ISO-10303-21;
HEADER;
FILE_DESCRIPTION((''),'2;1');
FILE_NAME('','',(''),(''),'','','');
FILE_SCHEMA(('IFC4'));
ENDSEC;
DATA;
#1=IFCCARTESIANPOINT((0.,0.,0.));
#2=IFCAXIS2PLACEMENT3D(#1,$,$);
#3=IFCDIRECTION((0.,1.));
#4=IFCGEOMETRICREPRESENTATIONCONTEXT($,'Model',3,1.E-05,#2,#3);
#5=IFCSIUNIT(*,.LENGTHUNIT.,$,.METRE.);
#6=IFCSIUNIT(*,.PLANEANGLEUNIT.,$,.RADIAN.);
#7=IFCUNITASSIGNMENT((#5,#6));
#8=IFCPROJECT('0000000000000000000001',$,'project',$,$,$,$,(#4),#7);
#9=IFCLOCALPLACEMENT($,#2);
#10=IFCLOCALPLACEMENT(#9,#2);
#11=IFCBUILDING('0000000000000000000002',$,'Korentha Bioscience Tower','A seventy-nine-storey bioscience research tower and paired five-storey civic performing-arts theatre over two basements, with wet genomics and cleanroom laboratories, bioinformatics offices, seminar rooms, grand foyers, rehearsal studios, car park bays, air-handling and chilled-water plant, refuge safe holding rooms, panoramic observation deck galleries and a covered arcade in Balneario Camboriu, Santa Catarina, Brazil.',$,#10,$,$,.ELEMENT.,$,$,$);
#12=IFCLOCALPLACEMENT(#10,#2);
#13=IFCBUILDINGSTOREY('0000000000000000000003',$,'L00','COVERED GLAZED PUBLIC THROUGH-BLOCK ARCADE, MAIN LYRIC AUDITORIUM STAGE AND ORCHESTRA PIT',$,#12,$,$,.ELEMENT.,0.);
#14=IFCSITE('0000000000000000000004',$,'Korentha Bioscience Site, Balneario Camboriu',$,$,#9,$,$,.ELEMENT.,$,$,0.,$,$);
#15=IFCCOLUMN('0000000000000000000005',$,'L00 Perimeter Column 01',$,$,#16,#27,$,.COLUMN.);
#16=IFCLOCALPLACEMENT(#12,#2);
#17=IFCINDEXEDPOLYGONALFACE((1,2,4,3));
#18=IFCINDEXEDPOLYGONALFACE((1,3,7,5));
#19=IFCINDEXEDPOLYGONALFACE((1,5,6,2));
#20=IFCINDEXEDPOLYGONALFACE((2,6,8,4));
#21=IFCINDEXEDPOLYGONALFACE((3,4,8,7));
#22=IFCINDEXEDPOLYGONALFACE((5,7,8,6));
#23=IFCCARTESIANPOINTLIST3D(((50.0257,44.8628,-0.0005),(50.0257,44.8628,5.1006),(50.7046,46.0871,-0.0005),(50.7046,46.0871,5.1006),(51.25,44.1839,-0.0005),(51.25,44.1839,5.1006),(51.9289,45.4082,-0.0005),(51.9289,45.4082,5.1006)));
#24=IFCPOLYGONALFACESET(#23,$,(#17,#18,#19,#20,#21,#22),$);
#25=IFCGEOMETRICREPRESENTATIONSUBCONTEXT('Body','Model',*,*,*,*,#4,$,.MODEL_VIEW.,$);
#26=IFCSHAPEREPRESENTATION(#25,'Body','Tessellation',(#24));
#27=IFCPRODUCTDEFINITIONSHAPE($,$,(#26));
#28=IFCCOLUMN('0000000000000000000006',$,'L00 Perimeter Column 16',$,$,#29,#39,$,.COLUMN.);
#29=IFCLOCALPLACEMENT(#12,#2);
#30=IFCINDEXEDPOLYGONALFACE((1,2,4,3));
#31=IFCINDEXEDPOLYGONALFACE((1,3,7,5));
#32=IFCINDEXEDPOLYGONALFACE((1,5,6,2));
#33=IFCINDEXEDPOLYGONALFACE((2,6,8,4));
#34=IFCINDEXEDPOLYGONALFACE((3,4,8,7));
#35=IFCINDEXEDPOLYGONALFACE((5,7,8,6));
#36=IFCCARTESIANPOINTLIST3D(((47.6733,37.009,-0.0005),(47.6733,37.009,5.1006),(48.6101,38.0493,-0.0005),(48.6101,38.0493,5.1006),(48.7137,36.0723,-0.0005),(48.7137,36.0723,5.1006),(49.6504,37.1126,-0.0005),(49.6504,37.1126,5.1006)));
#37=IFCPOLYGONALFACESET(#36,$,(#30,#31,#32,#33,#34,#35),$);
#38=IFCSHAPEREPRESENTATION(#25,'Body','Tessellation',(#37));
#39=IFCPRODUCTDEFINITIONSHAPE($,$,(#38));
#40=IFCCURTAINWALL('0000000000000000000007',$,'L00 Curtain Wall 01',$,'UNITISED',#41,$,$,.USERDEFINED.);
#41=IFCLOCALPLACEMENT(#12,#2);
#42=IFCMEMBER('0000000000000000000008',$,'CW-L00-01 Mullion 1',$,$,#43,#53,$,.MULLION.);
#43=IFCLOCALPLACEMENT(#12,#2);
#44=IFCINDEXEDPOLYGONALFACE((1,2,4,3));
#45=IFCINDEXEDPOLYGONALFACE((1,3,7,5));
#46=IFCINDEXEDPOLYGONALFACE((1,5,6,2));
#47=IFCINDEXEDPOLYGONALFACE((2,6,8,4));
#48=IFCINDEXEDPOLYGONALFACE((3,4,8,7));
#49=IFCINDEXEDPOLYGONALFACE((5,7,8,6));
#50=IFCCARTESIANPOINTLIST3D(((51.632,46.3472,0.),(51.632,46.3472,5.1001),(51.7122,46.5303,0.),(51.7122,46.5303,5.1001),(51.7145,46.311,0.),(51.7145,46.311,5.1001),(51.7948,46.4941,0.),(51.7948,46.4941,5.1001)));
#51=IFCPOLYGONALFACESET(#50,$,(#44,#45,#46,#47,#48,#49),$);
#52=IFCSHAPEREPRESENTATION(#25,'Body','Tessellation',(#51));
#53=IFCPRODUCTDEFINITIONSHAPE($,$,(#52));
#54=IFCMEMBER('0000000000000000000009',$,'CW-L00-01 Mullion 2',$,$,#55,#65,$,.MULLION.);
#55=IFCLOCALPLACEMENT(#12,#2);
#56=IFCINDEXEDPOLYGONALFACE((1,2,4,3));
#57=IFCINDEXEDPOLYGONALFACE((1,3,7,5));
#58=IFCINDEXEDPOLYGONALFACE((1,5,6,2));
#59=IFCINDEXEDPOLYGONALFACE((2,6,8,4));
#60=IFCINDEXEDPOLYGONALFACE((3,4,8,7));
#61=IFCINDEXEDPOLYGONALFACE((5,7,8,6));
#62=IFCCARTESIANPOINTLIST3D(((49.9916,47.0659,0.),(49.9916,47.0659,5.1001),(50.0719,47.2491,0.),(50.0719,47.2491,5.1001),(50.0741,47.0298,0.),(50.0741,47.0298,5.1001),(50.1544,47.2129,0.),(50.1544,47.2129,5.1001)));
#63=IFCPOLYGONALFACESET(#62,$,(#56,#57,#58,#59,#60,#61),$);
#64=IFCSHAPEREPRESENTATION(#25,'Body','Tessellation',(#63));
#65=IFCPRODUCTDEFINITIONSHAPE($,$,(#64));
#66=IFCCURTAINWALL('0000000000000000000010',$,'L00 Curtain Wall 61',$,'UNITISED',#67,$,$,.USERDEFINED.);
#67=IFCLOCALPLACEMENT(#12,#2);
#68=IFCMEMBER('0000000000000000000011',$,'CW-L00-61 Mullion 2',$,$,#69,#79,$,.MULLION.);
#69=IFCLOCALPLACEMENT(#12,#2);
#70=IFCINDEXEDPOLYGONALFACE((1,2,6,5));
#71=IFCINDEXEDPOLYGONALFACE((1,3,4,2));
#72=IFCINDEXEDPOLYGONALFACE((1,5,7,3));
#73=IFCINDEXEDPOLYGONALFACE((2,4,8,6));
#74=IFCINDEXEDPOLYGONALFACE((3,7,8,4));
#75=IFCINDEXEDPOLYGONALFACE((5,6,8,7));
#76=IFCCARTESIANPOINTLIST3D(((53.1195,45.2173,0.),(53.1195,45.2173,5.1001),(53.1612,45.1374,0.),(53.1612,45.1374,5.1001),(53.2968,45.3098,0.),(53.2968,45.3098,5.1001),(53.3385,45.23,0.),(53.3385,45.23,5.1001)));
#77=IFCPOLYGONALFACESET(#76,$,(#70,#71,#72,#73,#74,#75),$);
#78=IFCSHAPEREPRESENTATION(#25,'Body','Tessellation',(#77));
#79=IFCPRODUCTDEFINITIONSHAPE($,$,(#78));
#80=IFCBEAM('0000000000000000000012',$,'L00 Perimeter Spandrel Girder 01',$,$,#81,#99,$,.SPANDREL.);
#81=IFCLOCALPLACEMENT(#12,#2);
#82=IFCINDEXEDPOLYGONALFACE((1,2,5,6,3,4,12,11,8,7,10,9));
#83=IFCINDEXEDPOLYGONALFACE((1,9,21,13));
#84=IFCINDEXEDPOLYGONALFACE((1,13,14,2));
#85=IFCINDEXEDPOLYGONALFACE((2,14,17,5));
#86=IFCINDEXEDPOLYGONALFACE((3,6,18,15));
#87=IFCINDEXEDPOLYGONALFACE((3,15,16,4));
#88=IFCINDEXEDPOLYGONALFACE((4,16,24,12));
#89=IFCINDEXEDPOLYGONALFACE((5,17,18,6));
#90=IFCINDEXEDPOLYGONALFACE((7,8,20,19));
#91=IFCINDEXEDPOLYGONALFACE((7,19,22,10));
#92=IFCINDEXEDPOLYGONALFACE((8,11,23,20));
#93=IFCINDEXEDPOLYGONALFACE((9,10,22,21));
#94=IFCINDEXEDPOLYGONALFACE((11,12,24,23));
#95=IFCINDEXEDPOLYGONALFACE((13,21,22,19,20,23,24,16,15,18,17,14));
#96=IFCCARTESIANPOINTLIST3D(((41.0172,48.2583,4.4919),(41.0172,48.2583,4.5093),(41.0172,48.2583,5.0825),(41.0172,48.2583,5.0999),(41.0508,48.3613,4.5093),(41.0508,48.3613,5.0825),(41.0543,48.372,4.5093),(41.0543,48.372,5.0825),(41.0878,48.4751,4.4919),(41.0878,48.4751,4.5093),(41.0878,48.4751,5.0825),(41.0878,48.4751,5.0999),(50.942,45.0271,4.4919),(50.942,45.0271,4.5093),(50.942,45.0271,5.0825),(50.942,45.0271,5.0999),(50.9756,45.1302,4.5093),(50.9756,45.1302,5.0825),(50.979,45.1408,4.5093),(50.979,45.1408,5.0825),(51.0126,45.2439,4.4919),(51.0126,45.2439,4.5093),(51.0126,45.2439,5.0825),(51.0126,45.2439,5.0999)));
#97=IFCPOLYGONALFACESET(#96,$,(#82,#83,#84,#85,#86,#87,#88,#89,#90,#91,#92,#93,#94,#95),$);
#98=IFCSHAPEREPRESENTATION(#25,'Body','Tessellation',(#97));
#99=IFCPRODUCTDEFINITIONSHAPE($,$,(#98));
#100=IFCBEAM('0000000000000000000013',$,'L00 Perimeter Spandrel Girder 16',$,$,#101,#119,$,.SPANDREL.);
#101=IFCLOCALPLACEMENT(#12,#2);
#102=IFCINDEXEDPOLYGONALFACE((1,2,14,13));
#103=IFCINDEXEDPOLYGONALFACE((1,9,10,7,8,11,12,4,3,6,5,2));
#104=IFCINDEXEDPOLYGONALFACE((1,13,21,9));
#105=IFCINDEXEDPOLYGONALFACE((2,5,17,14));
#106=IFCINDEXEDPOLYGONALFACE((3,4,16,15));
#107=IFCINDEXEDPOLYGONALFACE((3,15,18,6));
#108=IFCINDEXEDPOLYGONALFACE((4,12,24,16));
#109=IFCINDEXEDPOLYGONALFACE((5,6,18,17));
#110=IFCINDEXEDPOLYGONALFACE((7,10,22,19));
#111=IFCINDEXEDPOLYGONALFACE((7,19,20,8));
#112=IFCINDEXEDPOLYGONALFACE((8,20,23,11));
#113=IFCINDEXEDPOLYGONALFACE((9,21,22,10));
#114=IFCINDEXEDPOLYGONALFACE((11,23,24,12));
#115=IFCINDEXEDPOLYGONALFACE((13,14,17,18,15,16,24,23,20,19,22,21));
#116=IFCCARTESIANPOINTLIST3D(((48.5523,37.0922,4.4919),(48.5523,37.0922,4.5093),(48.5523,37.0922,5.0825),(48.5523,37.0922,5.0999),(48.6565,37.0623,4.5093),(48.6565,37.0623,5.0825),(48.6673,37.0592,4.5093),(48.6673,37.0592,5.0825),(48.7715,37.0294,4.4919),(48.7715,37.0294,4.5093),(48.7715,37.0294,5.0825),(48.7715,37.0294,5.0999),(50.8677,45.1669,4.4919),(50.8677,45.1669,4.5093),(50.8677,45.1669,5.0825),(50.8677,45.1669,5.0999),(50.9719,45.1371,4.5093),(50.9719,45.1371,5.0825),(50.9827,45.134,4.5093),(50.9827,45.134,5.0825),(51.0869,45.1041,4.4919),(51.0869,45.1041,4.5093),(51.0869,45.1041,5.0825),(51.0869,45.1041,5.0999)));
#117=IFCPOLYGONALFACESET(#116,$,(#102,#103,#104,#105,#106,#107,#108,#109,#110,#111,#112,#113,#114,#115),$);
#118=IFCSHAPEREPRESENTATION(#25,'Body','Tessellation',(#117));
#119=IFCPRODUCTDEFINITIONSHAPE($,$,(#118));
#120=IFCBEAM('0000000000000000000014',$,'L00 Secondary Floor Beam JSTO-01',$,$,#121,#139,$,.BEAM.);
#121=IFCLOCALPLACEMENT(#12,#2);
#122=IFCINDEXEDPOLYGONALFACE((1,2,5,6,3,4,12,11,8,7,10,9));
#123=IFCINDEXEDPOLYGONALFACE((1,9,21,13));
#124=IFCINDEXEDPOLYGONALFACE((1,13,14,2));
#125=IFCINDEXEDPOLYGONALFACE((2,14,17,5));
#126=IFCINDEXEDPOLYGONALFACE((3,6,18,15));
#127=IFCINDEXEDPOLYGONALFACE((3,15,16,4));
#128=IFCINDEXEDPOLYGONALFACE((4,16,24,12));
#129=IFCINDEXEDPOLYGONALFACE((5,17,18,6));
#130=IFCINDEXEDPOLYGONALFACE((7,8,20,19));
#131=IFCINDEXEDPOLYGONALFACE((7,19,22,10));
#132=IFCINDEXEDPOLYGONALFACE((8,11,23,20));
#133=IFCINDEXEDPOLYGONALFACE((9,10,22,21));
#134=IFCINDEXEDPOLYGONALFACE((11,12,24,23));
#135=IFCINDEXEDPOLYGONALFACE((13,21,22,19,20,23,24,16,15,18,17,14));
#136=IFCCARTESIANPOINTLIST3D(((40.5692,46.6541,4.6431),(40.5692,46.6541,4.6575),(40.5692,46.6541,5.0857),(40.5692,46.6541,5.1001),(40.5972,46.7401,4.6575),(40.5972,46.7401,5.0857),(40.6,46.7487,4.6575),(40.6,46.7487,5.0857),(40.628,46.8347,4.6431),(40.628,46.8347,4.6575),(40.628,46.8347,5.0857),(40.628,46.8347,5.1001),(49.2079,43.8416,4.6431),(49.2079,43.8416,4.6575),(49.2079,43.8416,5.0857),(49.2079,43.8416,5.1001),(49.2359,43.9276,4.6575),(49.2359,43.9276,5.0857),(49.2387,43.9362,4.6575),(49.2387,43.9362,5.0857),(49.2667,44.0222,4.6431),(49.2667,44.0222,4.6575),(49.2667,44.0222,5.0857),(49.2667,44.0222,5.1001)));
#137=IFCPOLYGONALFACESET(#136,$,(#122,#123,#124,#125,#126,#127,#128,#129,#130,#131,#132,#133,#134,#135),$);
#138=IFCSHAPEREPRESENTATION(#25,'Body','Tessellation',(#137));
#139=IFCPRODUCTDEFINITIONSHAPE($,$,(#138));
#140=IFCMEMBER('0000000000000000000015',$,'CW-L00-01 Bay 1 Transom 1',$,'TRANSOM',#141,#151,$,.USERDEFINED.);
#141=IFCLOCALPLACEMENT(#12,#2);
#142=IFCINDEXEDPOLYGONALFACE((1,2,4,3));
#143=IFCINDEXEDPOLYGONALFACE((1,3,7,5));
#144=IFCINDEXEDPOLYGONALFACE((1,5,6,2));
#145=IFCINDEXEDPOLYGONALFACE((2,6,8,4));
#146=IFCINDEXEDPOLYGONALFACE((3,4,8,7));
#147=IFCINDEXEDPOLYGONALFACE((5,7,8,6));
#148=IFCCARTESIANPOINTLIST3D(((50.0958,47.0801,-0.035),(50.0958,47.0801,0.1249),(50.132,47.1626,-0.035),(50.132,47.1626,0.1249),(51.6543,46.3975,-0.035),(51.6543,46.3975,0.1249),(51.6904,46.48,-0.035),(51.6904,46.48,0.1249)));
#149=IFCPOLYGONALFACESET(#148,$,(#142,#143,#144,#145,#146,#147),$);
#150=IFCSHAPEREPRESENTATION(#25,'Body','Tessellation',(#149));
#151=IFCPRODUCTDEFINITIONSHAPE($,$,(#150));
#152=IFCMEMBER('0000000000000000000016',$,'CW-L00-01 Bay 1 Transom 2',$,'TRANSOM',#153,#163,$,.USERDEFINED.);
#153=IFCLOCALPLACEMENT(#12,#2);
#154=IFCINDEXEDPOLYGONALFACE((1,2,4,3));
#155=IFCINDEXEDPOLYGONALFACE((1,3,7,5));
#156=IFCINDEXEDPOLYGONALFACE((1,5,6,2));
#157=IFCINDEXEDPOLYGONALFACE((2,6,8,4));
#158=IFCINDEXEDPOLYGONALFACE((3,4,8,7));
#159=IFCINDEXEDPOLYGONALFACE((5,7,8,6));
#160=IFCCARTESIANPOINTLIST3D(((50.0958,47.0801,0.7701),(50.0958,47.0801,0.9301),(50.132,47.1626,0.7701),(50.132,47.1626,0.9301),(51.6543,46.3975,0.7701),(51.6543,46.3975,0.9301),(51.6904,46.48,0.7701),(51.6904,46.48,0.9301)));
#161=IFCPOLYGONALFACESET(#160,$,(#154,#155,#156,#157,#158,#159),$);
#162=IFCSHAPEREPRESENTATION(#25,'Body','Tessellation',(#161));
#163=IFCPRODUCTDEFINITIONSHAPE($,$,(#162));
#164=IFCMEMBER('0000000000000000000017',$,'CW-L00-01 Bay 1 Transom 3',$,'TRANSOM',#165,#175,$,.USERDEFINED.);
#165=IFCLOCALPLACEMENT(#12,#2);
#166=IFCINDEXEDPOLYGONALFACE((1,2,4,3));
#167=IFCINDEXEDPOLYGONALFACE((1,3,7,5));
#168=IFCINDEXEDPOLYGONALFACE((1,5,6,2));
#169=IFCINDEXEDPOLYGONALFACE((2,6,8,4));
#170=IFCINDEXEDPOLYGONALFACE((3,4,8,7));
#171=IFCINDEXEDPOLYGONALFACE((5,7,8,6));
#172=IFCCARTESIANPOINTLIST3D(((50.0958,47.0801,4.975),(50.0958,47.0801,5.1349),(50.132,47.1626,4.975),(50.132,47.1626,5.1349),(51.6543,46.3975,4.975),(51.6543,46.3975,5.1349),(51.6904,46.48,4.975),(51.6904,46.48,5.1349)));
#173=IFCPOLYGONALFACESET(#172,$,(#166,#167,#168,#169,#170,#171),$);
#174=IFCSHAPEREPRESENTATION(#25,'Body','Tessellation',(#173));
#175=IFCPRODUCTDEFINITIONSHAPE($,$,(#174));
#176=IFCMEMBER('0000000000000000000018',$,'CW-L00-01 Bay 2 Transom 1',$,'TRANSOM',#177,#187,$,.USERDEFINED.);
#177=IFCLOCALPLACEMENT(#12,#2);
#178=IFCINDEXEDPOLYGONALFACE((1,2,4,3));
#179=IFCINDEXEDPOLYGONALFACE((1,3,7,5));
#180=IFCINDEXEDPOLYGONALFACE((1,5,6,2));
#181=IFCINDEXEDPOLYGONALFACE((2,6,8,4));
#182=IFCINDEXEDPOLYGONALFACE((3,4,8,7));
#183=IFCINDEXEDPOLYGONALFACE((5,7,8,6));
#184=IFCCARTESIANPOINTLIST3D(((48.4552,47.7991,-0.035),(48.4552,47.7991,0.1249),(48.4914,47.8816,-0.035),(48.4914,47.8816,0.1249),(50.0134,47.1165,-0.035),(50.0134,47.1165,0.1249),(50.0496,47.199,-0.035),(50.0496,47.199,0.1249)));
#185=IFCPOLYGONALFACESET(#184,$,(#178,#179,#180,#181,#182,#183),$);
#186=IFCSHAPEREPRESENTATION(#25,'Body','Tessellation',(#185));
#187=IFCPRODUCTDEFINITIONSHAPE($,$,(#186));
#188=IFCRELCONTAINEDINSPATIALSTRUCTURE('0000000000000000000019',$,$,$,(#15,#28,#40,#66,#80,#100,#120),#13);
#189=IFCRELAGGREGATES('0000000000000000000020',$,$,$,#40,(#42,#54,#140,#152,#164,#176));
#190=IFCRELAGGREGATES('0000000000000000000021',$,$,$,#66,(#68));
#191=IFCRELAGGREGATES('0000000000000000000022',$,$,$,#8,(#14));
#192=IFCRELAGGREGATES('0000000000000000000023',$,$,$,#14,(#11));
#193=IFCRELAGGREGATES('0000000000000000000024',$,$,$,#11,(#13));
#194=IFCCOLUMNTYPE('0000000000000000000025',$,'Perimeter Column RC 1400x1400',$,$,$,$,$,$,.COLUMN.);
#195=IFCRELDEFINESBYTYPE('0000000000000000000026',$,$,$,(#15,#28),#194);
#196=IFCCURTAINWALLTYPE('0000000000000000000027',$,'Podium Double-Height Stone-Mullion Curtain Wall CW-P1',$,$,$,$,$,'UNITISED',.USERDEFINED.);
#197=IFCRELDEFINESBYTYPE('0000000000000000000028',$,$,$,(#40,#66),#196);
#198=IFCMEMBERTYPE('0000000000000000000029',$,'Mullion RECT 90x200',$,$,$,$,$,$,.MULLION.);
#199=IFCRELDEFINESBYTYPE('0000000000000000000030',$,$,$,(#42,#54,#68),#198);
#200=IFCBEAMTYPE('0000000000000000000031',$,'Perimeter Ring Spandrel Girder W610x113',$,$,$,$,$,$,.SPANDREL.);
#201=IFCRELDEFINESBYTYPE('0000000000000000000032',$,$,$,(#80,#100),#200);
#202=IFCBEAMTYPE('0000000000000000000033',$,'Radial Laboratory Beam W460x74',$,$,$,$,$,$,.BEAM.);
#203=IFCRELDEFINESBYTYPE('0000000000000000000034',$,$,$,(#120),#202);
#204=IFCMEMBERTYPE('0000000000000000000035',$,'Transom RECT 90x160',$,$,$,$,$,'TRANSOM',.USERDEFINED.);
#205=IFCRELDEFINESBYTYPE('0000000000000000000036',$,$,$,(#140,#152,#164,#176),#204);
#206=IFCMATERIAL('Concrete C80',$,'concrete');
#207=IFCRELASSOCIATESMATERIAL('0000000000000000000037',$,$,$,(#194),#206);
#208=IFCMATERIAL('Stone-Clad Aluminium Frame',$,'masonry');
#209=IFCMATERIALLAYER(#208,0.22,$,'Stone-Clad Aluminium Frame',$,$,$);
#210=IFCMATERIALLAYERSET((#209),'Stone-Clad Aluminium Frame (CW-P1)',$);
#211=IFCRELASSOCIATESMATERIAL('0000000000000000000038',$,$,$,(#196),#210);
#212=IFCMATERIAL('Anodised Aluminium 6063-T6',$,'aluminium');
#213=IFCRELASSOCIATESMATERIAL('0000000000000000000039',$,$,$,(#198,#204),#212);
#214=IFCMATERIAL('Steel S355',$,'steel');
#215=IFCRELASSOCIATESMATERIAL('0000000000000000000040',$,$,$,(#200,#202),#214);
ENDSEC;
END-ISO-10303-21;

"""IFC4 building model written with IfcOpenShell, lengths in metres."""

from ifc_helpers import new_model, si_unit, direction, frame, origin, origin_2d, place, context, subcontext, project, spatial, rectangle, i_section, extrude, material, layer, layer_set, material_profile, profile_set, type_object, element, aggregate, save


model = new_model("IFC4")

# Units and contexts
model_context = context("Model", 3, precision=1e-05, world=origin(), true_north=direction((0.0, 1.0)))
body_context = subcontext(model_context, "Body", "Model", "MODEL_VIEW")
ifc_project = project(units=[si_unit("LENGTHUNIT", "METRE"), si_unit("PLANEANGLEUNIT", "RADIAN")], contexts=[model_context])

# Site, building, storey
site_placement = place(None, origin())
site = spatial("IfcSite", under=ifc_project, at=site_placement, Name="Korentha Bioscience Site, Balneario Camboriu", CompositionType="ELEMENT", RefElevation=0.0)
building_placement = place(site_placement, origin())
building = spatial("IfcBuilding", under=site, at=building_placement, Name="Korentha Bioscience Tower", Description="A seventy-nine-storey bioscience research tower and paired five-storey civic performing-arts theatre over two basements, with wet genomics and cleanroom laboratories, bioinformatics offices, seminar rooms, grand foyers, rehearsal studios, car park bays, air-handling and chilled-water plant, refuge safe holding rooms, panoramic observation deck galleries and a covered arcade in Balneario Camboriu, Santa Catarina, Brazil.", CompositionType="ELEMENT")
storey_placement = place(building_placement, origin())
storey = spatial("IfcBuildingStorey", under=building, at=storey_placement, Name="L00", Description="COVERED GLAZED PUBLIC THROUGH-BLOCK ARCADE, MAIN LYRIC AUDITORIUM STAGE AND ORCHESTRA PIT", CompositionType="ELEMENT", Elevation=0.0)

# Columns
ifc_material_1 = material(Name="Concrete C80", Category="concrete")
ifc_material_profile_1 = material_profile(ifc_material_1, rectangle(XDim=1.3999, YDim=1.3999, at=origin_2d()), Name="Concrete C80")
ifc_profile_set_1 = profile_set([ifc_material_profile_1], Name="Concrete C80 (COL-P14)")
column_type = type_object("IfcColumnType", Name="Perimeter Column RC 1400x1400", PredefinedType="COLUMN", material=ifc_profile_set_1)
for number, where, z_axis, x_axis, name in (
    (1, (50.9773, 45.1355, -0.0005), (0.0, 0.0, 1.0), (-0.874535, 0.484962, 0.0), "L00 Perimeter Column 01"),
    (2, (48.6619, 37.0608, -0.0005), (0.0, 0.0, 1.0), (0.669131, 0.743145, 0.0), "L00 Perimeter Column 16"),
):
    element("IfcColumn", number, at=place(storey_placement, frame(where, z_axis=z_axis, x_axis=x_axis)), inside=storey, type_object=column_type, Name=name, PredefinedType="COLUMN", context=body_context, shape_type="SweptSolid", body=[
        extrude(rectangle(XDim=1.3999, YDim=1.3999, at=origin_2d()), origin(), (0.0, 0.0, 1.0), 5.1011),
    ])

# Curtain wall, members
ifc_material_2 = material(Name="Stone-Clad Aluminium Frame", Category="masonry")
ifc_layer_1 = layer(ifc_material_2, 0.22, Name="Stone-Clad Aluminium Frame")
ifc_layer_set_1 = layer_set([ifc_layer_1], Name="Stone-Clad Aluminium Frame (CW-P1)")
curtain_wall_type = type_object("IfcCurtainWallType", Name="Podium Double-Height Stone-Mullion Curtain Wall CW-P1", ElementType="UNITISED", PredefinedType="USERDEFINED", material=ifc_layer_set_1)
curtain_wall_1_placement = place(storey_placement, origin())
curtain_wall_1 = element("IfcCurtainWall", 3, at=curtain_wall_1_placement, inside=storey, type_object=curtain_wall_type, Name="L00 Curtain Wall 01", ObjectType="UNITISED", PredefinedType="USERDEFINED")
ifc_material_3 = material(Name="Anodised Aluminium 6063-T6", Category="aluminium")
ifc_material_profile_2 = material_profile(ifc_material_3, rectangle(XDim=0.0901, YDim=0.2, at=origin_2d()), Name="Anodised Aluminium 6063-T6")
ifc_profile_set_2 = profile_set([ifc_material_profile_2], Name="Anodised Aluminium 6063-T6 (CW-MUL)")
member_type_1 = type_object("IfcMemberType", Name="Mullion RECT 90x200", PredefinedType="MULLION", material=ifc_profile_set_2)
member_1_placement = place(storey_placement, frame((51.7134, 46.4207, 0.0), z_axis=(0.0, 0.0, 1.0), x_axis=(-0.915939, 0.401317, 0.0)))
member_1 = element("IfcMember", 4, at=member_1_placement, type_object=member_type_1, Name="CW-L00-01 Mullion 1", PredefinedType="MULLION", context=body_context, shape_type="SweptSolid", body=[
    extrude(rectangle(XDim=0.0901, YDim=0.2, at=origin_2d()), origin(), (0.0, 0.0, 1.0), 5.1001),
])
member_2_placement = place(storey_placement, frame((50.073, 47.1394, 0.0), z_axis=(0.0, 0.0, 1.0), x_axis=(-0.915939, 0.401317, 0.0)))
member_2 = element("IfcMember", 5, at=member_2_placement, type_object=member_type_1, Name="CW-L00-01 Mullion 2", PredefinedType="MULLION", context=body_context, shape_type="SweptSolid", body=[
    extrude(rectangle(XDim=0.0901, YDim=0.2, at=origin_2d()), origin(), (0.0, 0.0, 1.0), 5.1001),
])

# Curtain wall, member
curtain_wall_2_placement = place(storey_placement, origin())
curtain_wall_2 = element("IfcCurtainWall", 6, at=curtain_wall_2_placement, inside=storey, type_object=curtain_wall_type, Name="L00 Curtain Wall 61", ObjectType="UNITISED", PredefinedType="USERDEFINED")
member_3_placement = place(storey_placement, frame((53.229, 45.2236, 0.0), z_axis=(0.0, 0.0, 1.0), x_axis=(-0.463009, 0.886354, 0.0)))
member_3 = element("IfcMember", 7, at=member_3_placement, type_object=member_type_1, Name="CW-L00-61 Mullion 2", PredefinedType="MULLION", context=body_context, shape_type="SweptSolid", body=[
    extrude(rectangle(XDim=0.0901, YDim=0.2, at=origin_2d()), origin(), (0.0, 0.0, 1.0), 5.1001),
])

# Beams
ifc_material_4 = material(Name="Steel S355", Category="steel")
ifc_material_profile_3 = material_profile(ifc_material_4, i_section(OverallWidth=0.228, OverallDepth=0.6079, WebThickness=0.0112, FlangeThickness=0.0173, at=origin_2d()), Name="Steel S355")
ifc_profile_set_3 = profile_set([ifc_material_profile_3], Name="Steel S355 (SB-610)")
beam_type_1 = type_object("IfcBeamType", Name="Perimeter Ring Spandrel Girder W610x113", PredefinedType="SPANDREL", material=ifc_profile_set_3)
beam_1_placement = place(storey_placement, frame((50.9773, 45.1355, 4.7959), z_axis=(-0.950875, 0.309575, 0.0), x_axis=(-0.309575, -0.950875, 0.0)))
element("IfcBeam", 8, at=beam_1_placement, inside=storey, type_object=beam_type_1, Name="L00 Perimeter Spandrel Girder 01", PredefinedType="SPANDREL", context=body_context, shape_type="SweptSolid", body=[
    extrude(i_section(OverallWidth=0.228, OverallDepth=0.6079, WebThickness=0.0112, FlangeThickness=0.0173, at=origin_2d()), origin(), (0.0, 0.0, 1.0), 10.4375),
])
beam_2_placement = place(storey_placement, frame((48.6619, 37.0608, 4.7959), z_axis=(0.275642, 0.96126, 0.0), x_axis=(-0.96126, 0.275642, 0.0)))
element("IfcBeam", 9, at=beam_2_placement, inside=storey, type_object=beam_type_1, Name="L00 Perimeter Spandrel Girder 16", PredefinedType="SPANDREL", context=body_context, shape_type="SweptSolid", body=[
    extrude(i_section(OverallWidth=0.228, OverallDepth=0.6079, WebThickness=0.0112, FlangeThickness=0.0173, at=origin_2d()), origin(), (0.0, 0.0, 1.0), 8.4001),
])
ifc_material_profile_4 = material_profile(ifc_material_4, i_section(OverallWidth=0.1899, OverallDepth=0.457, WebThickness=0.009, FlangeThickness=0.0144, at=origin_2d()), Name="Steel S355")
ifc_profile_set_4 = profile_set([ifc_material_profile_4], Name="Steel S355 (RB-460)")
beam_type_2 = type_object("IfcBeamType", Name="Radial Laboratory Beam W460x74", PredefinedType="BEAM", material=ifc_profile_set_4)
beam_3_placement = place(storey_placement, frame((49.2373, 43.9319, 4.8716), z_axis=(-0.950874, 0.309577, 0.0), x_axis=(-0.309577, -0.950874, 0.0)))
element("IfcBeam", 10, at=beam_3_placement, inside=storey, type_object=beam_type_2, Name="L00 Secondary Floor Beam JSTO-01", PredefinedType="BEAM", context=body_context, shape_type="SweptSolid", body=[
    extrude(i_section(OverallWidth=0.1899, OverallDepth=0.457, WebThickness=0.009, FlangeThickness=0.0144, at=origin_2d()), origin(), (0.0, 0.0, 1.0), 9.085),
])

# Members
ifc_material_profile_5 = material_profile(ifc_material_3, rectangle(XDim=0.0901, YDim=0.1599, at=origin_2d()), Name="Anodised Aluminium 6063-T6")
ifc_profile_set_5 = profile_set([ifc_material_profile_5], Name="Anodised Aluminium 6063-T6 (CW-TRN)")
member_type_2 = type_object("IfcMemberType", Name="Transom RECT 90x160", ElementType="TRANSOM", PredefinedType="USERDEFINED", material=ifc_profile_set_5)
member_4_placement = place(storey_placement, frame((51.6724, 46.4387, 0.0449), z_axis=(-0.915976, 0.401233, 0.0), x_axis=(-0.401233, -0.915976, 0.0)))
member_4 = element("IfcMember", 11, at=member_4_placement, type_object=member_type_2, Name="CW-L00-01 Bay 1 Transom 1", ObjectType="TRANSOM", PredefinedType="USERDEFINED", context=body_context, shape_type="SweptSolid", body=[
    extrude(rectangle(XDim=0.0901, YDim=0.1599, at=origin_2d()), origin(), (0.0, 0.0, 1.0), 1.7014),
])
member_5_placement = place(storey_placement, frame((51.6724, 46.4387, 0.8501), z_axis=(-0.915976, 0.401233, 0.0), x_axis=(-0.401233, -0.915976, 0.0)))
member_5 = element("IfcMember", 12, at=member_5_placement, type_object=member_type_2, Name="CW-L00-01 Bay 1 Transom 2", ObjectType="TRANSOM", PredefinedType="USERDEFINED", context=body_context, shape_type="SweptSolid", body=[
    extrude(rectangle(XDim=0.0901, YDim=0.1599, at=origin_2d()), origin(), (0.0, 0.0, 1.0), 1.7014),
])
member_6_placement = place(storey_placement, frame((51.6724, 46.4387, 5.0549), z_axis=(-0.915976, 0.401233, 0.0), x_axis=(-0.401233, -0.915976, 0.0)))
member_6 = element("IfcMember", 13, at=member_6_placement, type_object=member_type_2, Name="CW-L00-01 Bay 1 Transom 3", ObjectType="TRANSOM", PredefinedType="USERDEFINED", context=body_context, shape_type="SweptSolid", body=[
    extrude(rectangle(XDim=0.0901, YDim=0.1599, at=origin_2d()), origin(), (0.0, 0.0, 1.0), 1.7014),
])
member_7_placement = place(storey_placement, frame((50.0315, 47.1577, 0.0449), z_axis=(-0.915953, 0.401286, 0.0), x_axis=(-0.401286, -0.915953, 0.0)))
member_7 = element("IfcMember", 14, at=member_7_placement, type_object=member_type_2, Name="CW-L00-01 Bay 2 Transom 1", ObjectType="TRANSOM", PredefinedType="USERDEFINED", context=body_context, shape_type="SweptSolid", body=[
    extrude(rectangle(XDim=0.0901, YDim=0.1599, at=origin_2d()), origin(), (0.0, 0.0, 1.0), 1.7012),
])

aggregate(curtain_wall_1, [member_1, member_2, member_4, member_5, member_6, member_7])
aggregate(curtain_wall_2, [member_3])

save(model, "model.ifc")
